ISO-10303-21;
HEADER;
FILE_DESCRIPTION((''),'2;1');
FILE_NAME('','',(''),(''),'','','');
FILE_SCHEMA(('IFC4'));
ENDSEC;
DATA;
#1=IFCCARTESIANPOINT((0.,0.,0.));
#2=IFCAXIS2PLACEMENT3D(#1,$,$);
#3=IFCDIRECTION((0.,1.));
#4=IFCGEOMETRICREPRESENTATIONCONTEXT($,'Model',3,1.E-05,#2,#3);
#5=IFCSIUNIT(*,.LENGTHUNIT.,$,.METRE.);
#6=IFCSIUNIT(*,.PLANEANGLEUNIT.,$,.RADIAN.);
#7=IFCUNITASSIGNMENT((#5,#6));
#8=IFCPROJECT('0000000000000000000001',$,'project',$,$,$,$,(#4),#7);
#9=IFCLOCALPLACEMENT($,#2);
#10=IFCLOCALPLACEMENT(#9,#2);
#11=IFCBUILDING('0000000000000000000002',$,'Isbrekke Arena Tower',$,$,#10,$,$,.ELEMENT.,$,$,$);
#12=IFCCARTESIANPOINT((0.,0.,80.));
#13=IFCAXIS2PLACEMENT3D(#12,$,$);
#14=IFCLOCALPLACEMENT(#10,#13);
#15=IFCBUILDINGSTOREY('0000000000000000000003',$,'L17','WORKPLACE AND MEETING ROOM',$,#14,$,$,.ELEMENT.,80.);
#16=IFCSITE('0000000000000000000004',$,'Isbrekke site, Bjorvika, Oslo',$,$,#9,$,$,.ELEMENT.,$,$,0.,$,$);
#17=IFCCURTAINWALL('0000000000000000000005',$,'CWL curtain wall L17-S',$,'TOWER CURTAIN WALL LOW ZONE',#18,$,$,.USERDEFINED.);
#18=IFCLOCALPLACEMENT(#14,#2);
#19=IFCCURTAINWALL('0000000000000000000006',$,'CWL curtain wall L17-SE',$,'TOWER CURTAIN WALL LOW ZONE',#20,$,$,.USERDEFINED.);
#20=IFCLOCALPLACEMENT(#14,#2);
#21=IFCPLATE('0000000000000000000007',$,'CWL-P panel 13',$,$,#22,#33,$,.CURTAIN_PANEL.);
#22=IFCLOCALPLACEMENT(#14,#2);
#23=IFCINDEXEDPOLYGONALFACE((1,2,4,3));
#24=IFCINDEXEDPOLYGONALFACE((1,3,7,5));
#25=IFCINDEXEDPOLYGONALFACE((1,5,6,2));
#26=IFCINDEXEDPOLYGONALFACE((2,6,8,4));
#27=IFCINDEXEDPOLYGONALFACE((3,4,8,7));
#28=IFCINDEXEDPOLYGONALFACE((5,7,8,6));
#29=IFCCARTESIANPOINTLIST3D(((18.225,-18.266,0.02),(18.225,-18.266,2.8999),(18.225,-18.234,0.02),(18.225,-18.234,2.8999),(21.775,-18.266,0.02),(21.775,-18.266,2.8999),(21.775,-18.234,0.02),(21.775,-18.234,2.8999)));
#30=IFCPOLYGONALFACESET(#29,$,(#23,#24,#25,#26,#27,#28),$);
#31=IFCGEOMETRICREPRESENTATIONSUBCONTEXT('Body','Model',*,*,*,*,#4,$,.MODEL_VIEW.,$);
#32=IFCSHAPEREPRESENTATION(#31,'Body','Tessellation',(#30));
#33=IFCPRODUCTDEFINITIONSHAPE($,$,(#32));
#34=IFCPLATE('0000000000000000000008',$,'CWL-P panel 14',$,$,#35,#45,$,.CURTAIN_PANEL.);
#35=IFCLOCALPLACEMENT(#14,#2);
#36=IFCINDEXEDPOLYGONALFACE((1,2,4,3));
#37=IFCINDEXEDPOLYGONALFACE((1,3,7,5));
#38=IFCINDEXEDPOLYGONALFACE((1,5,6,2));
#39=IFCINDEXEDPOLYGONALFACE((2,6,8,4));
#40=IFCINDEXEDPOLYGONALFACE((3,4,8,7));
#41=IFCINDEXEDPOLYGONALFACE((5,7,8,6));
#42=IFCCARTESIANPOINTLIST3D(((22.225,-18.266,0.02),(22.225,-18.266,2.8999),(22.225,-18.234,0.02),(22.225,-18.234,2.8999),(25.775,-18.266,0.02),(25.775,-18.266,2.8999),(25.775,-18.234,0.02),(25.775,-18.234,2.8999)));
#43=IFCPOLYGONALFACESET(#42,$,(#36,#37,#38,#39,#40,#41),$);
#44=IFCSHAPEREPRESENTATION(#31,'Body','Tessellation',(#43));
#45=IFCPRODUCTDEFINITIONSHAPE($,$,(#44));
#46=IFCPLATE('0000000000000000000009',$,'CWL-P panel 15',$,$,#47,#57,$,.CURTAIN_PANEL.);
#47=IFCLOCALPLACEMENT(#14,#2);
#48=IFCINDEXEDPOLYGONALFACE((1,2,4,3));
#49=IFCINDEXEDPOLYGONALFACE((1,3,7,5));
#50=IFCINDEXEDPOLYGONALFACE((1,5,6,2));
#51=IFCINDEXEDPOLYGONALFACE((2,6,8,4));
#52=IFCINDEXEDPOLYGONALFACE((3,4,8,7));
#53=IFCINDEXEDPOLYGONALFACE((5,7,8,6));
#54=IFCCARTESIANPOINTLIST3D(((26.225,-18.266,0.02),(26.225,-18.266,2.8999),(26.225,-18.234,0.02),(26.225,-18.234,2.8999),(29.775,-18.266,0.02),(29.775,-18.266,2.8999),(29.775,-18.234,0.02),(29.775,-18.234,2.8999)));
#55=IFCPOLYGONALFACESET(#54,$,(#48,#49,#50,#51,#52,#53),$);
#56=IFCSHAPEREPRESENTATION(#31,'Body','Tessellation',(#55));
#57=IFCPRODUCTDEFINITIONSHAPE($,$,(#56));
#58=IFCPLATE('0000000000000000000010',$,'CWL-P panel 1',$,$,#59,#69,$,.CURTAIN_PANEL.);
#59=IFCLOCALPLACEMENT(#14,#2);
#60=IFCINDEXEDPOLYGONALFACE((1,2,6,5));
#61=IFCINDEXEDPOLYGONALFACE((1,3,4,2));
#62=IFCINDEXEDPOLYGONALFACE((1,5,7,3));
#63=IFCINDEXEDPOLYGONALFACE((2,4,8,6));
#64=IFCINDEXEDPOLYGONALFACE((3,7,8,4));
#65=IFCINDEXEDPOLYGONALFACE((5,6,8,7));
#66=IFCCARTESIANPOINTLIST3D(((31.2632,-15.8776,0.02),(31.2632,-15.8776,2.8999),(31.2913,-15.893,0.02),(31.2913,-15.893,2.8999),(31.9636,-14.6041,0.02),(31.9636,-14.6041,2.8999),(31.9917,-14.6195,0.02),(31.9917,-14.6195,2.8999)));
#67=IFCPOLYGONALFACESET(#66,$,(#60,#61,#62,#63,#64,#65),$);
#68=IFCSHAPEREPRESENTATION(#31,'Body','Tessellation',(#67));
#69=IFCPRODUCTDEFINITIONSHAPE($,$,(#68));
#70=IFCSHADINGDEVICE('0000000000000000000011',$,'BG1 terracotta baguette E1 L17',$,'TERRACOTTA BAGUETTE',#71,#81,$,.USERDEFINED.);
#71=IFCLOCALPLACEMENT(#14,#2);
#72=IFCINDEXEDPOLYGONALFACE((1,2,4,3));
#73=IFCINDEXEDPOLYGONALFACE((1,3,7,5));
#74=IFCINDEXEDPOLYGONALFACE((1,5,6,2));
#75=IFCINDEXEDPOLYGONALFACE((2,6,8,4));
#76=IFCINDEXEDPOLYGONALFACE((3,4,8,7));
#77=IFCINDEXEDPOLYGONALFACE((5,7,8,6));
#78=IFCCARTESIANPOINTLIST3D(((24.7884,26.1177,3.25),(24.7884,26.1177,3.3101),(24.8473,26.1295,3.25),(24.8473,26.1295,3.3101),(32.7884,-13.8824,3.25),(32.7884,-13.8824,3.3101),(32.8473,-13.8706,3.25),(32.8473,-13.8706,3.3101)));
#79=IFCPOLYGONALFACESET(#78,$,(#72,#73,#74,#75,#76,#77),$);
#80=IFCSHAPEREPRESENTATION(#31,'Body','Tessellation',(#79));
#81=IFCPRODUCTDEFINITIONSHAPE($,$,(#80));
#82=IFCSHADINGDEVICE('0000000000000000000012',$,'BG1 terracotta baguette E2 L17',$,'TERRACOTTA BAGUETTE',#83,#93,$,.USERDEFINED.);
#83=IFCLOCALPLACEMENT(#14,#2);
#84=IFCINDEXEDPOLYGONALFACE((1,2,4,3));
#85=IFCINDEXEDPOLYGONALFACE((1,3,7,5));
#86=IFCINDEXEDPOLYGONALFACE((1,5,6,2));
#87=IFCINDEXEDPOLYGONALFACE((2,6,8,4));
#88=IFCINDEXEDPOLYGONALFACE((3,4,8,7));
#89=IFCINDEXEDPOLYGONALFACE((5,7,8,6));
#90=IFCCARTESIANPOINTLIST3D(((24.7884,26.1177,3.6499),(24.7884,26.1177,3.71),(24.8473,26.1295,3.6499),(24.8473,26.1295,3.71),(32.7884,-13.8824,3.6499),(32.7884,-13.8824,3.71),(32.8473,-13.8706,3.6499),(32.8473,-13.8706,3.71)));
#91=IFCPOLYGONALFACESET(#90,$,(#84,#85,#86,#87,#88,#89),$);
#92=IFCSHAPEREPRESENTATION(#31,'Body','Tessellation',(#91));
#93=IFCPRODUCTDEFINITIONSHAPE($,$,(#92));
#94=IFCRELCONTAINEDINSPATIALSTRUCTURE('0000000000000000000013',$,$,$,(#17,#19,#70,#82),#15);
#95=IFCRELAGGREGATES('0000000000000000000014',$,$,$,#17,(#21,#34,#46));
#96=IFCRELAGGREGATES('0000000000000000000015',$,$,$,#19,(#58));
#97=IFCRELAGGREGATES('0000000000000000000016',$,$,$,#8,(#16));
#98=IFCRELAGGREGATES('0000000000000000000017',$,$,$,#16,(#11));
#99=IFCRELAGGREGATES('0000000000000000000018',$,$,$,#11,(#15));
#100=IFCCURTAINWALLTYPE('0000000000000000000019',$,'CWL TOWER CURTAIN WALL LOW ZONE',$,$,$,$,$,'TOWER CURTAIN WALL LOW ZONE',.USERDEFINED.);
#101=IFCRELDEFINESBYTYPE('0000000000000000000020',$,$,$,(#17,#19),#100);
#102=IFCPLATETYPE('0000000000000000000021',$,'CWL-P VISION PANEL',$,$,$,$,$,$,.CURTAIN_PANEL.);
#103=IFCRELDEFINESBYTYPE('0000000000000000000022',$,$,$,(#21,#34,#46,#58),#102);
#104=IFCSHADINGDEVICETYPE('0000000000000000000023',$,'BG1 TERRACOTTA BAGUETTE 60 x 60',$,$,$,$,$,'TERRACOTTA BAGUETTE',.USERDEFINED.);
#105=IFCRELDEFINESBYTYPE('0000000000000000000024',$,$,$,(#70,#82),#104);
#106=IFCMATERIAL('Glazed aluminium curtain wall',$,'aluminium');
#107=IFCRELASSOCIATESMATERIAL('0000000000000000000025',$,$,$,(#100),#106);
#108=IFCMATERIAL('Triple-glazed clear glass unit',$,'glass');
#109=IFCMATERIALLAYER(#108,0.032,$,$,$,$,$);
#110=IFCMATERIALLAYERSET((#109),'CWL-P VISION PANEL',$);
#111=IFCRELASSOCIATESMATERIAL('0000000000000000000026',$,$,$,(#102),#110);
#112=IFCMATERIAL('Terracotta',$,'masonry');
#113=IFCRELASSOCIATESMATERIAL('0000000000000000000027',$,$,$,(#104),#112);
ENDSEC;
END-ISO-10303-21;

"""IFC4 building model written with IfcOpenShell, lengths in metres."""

from ifc_helpers import new_model, si_unit, direction, frame, origin, origin_2d, place, context, subcontext, project, spatial, rectangle, extrude, material, layer, layer_set, material_profile, profile_set, type_object, element, aggregate, save


model = new_model("IFC4")

# Units and contexts
model_context = context("Model", 3, precision=1e-05, world=origin(), true_north=direction((0.0, 1.0)))
body_context = subcontext(model_context, "Body", "Model", "MODEL_VIEW")
ifc_project = project(units=[si_unit("LENGTHUNIT", "METRE"), si_unit("PLANEANGLEUNIT", "RADIAN")], contexts=[model_context])

# Site, building, storey
site_placement = place(None, origin())
site = spatial("IfcSite", under=ifc_project, at=site_placement, Name="Isbrekke site, Bjorvika, Oslo", CompositionType="ELEMENT", RefElevation=0.0)
building_placement = place(site_placement, origin())
building = spatial("IfcBuilding", under=site, at=building_placement, Name="Isbrekke Arena Tower", CompositionType="ELEMENT")
storey_placement = place(building_placement, frame((0.0, 0.0, 80.0)))
storey = spatial("IfcBuildingStorey", under=building, at=storey_placement, Name="L17", Description="WORKPLACE AND MEETING ROOM", CompositionType="ELEMENT", Elevation=80.0)

# Curtain walls
ifc_material_1 = material(Name="Glazed aluminium curtain wall", Category="aluminium")
curtain_wall_type = type_object("IfcCurtainWallType", Name="CWL TOWER CURTAIN WALL LOW ZONE", ElementType="TOWER CURTAIN WALL LOW ZONE", PredefinedType="USERDEFINED", material=ifc_material_1)
curtain_wall_1_placement = place(storey_placement, origin())
curtain_wall_1 = element("IfcCurtainWall", 1, at=curtain_wall_1_placement, inside=storey, type_object=curtain_wall_type, Name="CWL curtain wall L17-S", ObjectType="TOWER CURTAIN WALL LOW ZONE", PredefinedType="USERDEFINED")
curtain_wall_2_placement = place(storey_placement, origin())
curtain_wall_2 = element("IfcCurtainWall", 2, at=curtain_wall_2_placement, inside=storey, type_object=curtain_wall_type, Name="CWL curtain wall L17-SE", ObjectType="TOWER CURTAIN WALL LOW ZONE", PredefinedType="USERDEFINED")

# Plates
ifc_material_2 = material(Name="Triple-glazed clear glass unit", Category="glass")
ifc_layer = layer(ifc_material_2, 0.032)
ifc_layer_set = layer_set([ifc_layer], Name="CWL-P VISION PANEL")
plate_type = type_object("IfcPlateType", Name="CWL-P VISION PANEL", PredefinedType="CURTAIN_PANEL", material=ifc_layer_set)
plate_1_placement = place(storey_placement, frame((20.0, -18.25, 0.02), z_axis=(0.0, 0.0, 1.0), x_axis=(1.0, 0.0, 0.0)))
plate_1 = element("IfcPlate", 3, at=plate_1_placement, type_object=plate_type, Name="CWL-P panel 13", PredefinedType="CURTAIN_PANEL", context=body_context, shape_type="SweptSolid", body=[
    extrude(rectangle(XDim=3.55, YDim=0.032, at=origin_2d()), origin(), (0.0, 0.0, 1.0), 2.8799),
])
plate_2_placement = place(storey_placement, frame((24.0, -18.25, 0.02), z_axis=(0.0, 0.0, 1.0), x_axis=(1.0, 0.0, 0.0)))
plate_2 = element("IfcPlate", 4, at=plate_2_placement, type_object=plate_type, Name="CWL-P panel 14", PredefinedType="CURTAIN_PANEL", context=body_context, shape_type="SweptSolid", body=[
    extrude(rectangle(XDim=3.55, YDim=0.032, at=origin_2d()), origin(), (0.0, 0.0, 1.0), 2.8799),
])
plate_3_placement = place(storey_placement, frame((28.0, -18.25, 0.02), z_axis=(0.0, 0.0, 1.0), x_axis=(1.0, 0.0, 0.0)))
plate_3 = element("IfcPlate", 5, at=plate_3_placement, type_object=plate_type, Name="CWL-P panel 15", PredefinedType="CURTAIN_PANEL", context=body_context, shape_type="SweptSolid", body=[
    extrude(rectangle(XDim=3.55, YDim=0.032, at=origin_2d()), origin(), (0.0, 0.0, 1.0), 2.8799),
])
aggregate(curtain_wall_1, [plate_1, plate_2, plate_3])
plate_4_placement = place(storey_placement, frame((31.6274, -15.2485, 0.02), z_axis=(0.0, 0.0, 1.0), x_axis=(0.481919, 0.876216, 0.0)))
plate_4 = element("IfcPlate", 6, at=plate_4_placement, type_object=plate_type, Name="CWL-P panel 1", PredefinedType="CURTAIN_PANEL", context=body_context, shape_type="SweptSolid", body=[
    extrude(rectangle(XDim=1.4534, YDim=0.032, at=origin_2d()), origin(), (0.0, 0.0, 1.0), 2.8799),
])
aggregate(curtain_wall_2, [plate_4])

# Shading devices
ifc_material_3 = material(Name="Terracotta", Category="masonry")
ifc_material_profile_1 = material_profile(ifc_material_3, rectangle(XDim=0.0601, YDim=0.0601, at=origin_2d()), Name="BAGUETTE 60X60")
ifc_profile_set_1 = profile_set([ifc_material_profile_1], Name="Terracotta")
shading_device_type = type_object("IfcShadingDeviceType", Name="BG1 TERRACOTTA BAGUETTE 60 x 60", ElementType="TERRACOTTA BAGUETTE", PredefinedType="USERDEFINED", material=ifc_profile_set_1)
for number, where, z_axis, x_axis, name in (
    (7, (32.8179, -13.8765, 3.28), (-0.196116, 0.980581, 0.0), (-0.980581, -0.196116, 0.0), "BG1 terracotta baguette E1 L17"),
    (8, (32.8179, -13.8765, 3.6799), (-0.196116, 0.980581, 0.0), (-0.980581, -0.196116, 0.0), "BG1 terracotta baguette E2 L17"),
):
    element("IfcShadingDevice", number, at=place(storey_placement, frame(where, z_axis=z_axis, x_axis=x_axis)), inside=storey, type_object=shading_device_type, Name=name, ObjectType="TERRACOTTA BAGUETTE", PredefinedType="USERDEFINED", context=body_context, shape_type="SweptSolid", body=[
        extrude(rectangle(XDim=0.0601, YDim=0.0601, at=origin_2d()), origin(), (0.0, 0.0, 1.0), 40.7922),
    ])

save(model, "model.ifc")
